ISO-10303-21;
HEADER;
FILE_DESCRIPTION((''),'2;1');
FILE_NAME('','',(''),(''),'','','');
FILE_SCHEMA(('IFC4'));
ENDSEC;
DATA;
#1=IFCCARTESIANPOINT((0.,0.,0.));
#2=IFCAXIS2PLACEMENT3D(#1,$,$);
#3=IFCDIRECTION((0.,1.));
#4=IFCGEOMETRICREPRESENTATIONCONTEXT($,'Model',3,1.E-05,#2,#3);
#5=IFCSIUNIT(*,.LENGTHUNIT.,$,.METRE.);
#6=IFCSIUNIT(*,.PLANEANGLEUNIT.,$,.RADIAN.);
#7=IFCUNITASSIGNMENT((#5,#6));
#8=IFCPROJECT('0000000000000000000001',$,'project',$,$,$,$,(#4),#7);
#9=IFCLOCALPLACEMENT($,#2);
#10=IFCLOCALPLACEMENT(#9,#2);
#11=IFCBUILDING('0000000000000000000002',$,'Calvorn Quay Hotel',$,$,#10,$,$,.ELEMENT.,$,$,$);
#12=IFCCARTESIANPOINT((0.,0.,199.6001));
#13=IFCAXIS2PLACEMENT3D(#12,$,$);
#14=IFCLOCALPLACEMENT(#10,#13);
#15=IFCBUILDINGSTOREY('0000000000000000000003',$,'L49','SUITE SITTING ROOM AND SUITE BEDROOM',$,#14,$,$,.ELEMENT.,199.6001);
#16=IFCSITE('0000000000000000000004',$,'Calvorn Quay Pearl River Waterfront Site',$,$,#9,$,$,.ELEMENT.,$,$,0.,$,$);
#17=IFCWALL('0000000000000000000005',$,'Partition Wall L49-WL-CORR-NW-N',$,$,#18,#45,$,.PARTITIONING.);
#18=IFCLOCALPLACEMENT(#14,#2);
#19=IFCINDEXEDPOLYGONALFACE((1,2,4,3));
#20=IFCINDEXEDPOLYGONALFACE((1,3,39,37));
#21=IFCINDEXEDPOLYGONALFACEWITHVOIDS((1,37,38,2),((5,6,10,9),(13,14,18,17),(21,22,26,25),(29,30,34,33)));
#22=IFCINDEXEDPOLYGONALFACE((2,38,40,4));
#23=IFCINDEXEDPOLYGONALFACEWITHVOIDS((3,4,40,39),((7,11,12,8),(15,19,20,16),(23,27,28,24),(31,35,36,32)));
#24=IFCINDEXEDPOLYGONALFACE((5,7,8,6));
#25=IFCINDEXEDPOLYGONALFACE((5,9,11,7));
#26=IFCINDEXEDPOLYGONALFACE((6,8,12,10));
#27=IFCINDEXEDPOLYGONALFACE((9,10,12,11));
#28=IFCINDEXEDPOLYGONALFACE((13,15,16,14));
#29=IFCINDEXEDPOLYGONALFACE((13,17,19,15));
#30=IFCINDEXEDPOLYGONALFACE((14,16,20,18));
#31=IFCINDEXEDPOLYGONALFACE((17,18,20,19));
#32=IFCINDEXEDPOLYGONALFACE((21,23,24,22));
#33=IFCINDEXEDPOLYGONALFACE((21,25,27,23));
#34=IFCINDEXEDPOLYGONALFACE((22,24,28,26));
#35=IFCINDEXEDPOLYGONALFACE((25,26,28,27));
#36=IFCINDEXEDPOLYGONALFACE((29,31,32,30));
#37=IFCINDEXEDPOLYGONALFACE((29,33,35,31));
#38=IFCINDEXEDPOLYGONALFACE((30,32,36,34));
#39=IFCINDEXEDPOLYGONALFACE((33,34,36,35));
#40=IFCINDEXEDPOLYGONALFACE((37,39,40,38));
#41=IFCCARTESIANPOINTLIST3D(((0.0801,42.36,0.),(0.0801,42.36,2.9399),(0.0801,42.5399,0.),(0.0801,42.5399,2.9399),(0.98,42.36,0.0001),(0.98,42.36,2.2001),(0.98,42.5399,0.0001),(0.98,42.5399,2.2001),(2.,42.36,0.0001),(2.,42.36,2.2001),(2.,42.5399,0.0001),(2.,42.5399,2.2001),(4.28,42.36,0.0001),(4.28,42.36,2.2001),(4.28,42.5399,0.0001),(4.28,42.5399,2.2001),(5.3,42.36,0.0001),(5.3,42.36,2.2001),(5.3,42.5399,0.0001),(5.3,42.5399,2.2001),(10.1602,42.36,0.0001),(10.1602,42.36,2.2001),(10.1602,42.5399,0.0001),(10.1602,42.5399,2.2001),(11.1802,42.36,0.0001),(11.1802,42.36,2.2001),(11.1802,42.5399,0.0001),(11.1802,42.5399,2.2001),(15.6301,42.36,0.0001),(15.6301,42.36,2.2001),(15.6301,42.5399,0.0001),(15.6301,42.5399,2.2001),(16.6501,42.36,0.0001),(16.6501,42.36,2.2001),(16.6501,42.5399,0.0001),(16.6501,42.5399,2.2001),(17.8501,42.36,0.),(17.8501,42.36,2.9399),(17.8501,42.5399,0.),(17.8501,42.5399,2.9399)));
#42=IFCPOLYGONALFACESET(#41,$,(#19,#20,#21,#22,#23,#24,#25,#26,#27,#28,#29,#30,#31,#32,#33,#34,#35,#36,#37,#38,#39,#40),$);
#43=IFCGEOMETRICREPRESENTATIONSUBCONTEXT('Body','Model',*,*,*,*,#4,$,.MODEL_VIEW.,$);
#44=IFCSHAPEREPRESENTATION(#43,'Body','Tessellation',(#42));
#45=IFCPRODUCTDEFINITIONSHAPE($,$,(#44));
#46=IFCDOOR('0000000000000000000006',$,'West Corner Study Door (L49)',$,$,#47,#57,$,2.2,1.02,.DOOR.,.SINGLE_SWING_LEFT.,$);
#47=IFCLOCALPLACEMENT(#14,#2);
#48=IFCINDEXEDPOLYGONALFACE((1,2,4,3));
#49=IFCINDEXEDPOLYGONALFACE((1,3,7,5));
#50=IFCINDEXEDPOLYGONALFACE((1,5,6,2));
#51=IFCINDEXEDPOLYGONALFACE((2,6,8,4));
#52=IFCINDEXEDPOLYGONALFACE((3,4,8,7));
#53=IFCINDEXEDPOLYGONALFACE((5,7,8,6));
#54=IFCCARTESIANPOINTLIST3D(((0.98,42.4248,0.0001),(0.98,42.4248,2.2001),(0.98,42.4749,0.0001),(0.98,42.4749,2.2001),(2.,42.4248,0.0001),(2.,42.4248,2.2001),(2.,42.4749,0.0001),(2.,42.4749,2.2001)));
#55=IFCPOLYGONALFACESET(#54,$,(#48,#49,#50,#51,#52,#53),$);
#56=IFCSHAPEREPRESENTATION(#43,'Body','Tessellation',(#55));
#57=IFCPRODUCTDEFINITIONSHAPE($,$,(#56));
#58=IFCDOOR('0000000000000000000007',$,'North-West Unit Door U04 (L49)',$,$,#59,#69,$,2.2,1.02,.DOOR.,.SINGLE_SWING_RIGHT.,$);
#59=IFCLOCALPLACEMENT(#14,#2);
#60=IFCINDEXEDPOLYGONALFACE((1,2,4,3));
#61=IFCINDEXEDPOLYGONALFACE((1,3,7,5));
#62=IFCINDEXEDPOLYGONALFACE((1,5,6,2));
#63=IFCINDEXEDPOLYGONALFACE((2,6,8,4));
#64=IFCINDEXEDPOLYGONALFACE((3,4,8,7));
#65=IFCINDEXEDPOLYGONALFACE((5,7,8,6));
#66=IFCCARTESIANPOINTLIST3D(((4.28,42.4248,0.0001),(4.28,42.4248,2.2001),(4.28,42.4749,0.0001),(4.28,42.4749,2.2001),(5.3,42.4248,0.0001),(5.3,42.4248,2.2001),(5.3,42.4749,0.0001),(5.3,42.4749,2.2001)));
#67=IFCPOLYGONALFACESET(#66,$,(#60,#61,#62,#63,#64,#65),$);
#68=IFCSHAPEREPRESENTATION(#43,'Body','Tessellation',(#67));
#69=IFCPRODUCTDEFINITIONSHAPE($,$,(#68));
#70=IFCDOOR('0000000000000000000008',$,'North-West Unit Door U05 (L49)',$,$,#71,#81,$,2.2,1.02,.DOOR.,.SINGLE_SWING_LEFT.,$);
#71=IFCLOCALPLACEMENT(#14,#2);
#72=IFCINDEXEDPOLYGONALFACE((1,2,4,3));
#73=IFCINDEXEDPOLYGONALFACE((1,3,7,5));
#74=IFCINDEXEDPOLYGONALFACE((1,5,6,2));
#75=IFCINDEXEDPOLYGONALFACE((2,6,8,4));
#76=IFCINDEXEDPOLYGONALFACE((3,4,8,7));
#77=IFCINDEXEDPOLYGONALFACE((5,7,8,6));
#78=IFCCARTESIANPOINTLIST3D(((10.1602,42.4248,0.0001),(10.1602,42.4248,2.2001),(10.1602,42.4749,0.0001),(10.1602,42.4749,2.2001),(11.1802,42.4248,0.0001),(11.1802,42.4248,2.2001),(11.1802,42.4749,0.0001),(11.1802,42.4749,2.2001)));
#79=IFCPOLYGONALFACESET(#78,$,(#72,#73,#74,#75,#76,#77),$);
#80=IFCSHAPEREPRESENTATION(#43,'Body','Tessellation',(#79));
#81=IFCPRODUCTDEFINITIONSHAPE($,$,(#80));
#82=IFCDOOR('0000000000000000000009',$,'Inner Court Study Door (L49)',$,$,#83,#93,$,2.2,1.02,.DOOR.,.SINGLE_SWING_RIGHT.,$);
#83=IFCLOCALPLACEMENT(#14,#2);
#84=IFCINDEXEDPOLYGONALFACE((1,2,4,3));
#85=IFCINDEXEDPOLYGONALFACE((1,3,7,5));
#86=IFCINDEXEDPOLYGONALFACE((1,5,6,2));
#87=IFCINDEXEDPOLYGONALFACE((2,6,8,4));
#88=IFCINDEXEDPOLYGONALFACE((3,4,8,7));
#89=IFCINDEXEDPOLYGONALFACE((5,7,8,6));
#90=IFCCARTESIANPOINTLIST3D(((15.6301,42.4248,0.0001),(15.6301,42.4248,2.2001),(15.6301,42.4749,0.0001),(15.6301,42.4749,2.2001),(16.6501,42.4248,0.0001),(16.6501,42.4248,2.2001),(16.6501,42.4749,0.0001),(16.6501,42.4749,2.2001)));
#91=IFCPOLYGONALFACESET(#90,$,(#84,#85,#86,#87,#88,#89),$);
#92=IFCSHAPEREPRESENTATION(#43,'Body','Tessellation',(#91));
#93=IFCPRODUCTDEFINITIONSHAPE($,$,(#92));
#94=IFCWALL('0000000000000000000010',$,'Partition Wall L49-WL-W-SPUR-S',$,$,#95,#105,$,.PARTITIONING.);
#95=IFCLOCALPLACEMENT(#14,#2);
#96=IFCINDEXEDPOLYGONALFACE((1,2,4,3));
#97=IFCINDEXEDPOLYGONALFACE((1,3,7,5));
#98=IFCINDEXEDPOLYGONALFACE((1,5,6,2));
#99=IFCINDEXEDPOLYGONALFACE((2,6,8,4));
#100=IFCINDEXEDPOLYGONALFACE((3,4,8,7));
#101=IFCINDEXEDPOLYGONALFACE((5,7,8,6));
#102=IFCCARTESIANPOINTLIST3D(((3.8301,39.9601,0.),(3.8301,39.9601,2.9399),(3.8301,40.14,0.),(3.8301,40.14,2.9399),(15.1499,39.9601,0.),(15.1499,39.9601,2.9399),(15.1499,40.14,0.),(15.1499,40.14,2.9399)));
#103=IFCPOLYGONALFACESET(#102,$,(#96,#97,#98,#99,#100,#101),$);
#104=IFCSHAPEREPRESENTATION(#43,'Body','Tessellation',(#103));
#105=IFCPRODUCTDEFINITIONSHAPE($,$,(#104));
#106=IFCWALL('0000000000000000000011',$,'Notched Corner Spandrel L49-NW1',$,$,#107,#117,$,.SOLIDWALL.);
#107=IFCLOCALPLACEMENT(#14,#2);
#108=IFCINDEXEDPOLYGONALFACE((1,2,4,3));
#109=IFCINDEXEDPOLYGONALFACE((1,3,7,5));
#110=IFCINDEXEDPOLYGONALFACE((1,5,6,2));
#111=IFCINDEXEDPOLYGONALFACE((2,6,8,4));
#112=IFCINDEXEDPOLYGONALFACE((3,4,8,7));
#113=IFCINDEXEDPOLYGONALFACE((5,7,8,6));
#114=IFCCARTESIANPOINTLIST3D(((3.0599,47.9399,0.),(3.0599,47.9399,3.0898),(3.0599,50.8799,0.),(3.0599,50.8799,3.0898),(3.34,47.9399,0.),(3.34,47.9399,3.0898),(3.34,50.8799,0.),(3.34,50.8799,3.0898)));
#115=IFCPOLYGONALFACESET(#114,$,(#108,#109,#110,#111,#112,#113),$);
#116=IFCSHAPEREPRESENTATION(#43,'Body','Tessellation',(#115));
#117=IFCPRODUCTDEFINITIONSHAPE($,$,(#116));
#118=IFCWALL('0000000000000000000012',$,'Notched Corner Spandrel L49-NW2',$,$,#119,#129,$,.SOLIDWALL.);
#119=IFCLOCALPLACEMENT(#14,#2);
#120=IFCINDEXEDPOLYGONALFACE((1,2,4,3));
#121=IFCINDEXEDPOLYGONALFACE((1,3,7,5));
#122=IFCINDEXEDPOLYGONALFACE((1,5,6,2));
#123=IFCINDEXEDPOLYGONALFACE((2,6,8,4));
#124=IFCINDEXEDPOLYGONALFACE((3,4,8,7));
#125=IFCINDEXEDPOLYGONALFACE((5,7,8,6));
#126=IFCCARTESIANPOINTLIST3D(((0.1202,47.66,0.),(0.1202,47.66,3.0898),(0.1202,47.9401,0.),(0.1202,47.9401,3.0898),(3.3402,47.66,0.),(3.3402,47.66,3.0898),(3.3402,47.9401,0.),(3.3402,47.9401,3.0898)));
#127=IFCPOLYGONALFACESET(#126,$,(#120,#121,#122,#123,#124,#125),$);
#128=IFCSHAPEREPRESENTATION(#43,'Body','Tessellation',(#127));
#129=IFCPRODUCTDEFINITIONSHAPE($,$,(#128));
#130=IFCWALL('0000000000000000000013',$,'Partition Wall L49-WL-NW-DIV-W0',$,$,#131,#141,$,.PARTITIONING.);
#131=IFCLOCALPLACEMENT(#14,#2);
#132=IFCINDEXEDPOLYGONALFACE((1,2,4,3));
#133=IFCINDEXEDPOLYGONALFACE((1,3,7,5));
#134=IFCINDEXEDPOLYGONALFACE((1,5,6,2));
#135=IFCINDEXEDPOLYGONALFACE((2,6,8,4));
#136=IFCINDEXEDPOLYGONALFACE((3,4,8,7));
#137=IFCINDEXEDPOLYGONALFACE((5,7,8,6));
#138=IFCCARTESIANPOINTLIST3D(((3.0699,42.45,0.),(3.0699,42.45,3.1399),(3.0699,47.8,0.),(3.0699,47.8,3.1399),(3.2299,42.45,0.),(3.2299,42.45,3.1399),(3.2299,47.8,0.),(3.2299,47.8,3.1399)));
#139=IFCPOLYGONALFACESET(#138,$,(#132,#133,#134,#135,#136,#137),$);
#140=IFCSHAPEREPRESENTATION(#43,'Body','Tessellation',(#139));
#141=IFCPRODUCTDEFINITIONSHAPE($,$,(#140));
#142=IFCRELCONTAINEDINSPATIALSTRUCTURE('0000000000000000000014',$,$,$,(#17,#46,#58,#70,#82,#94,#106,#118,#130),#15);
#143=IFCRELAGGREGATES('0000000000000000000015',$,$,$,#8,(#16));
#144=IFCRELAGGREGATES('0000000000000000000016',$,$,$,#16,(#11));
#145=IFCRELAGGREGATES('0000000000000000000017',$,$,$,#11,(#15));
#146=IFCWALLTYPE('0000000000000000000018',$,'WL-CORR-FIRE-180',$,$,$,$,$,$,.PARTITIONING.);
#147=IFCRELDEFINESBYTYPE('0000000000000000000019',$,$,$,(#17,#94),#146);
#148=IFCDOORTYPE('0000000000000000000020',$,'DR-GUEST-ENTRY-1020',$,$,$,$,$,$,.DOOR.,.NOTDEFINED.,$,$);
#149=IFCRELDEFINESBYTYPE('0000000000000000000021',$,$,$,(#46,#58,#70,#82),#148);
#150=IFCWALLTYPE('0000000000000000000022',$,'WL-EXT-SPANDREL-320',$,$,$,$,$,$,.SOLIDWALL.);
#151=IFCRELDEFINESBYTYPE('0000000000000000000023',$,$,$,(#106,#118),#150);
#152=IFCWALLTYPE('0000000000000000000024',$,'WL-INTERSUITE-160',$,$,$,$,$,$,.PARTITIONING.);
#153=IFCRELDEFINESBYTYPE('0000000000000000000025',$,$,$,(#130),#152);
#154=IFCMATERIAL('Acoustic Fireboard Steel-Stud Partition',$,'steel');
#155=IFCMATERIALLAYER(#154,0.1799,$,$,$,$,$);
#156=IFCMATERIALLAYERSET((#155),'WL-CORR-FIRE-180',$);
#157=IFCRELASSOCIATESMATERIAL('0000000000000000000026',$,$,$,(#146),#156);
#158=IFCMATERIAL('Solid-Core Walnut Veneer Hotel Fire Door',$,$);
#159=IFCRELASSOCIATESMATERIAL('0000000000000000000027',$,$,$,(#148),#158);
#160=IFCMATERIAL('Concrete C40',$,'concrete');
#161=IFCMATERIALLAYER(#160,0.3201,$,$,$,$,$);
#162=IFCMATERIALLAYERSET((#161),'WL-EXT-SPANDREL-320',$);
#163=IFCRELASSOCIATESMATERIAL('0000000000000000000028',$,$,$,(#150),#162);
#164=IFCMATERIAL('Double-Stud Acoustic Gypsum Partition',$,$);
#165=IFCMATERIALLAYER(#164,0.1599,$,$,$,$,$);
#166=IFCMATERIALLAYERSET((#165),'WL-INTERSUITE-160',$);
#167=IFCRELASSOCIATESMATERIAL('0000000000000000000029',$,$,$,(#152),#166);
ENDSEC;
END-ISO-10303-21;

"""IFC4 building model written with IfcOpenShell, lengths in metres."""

from ifc_helpers import new_model, si_unit, direction, frame, frame_2d, origin, place, context, subcontext, project, spatial, rectangle, extrude, material, layer, layer_set, type_object, element, fill, save


model = new_model("IFC4")

# Units and contexts
model_context = context("Model", 3, precision=1e-05, world=origin(), true_north=direction((0.0, 1.0)))
body_context = subcontext(model_context, "Body", "Model", "MODEL_VIEW")
ifc_project = project(units=[si_unit("LENGTHUNIT", "METRE"), si_unit("PLANEANGLEUNIT", "RADIAN")], contexts=[model_context])

# Site, building, storey
site_placement = place(None, origin())
site = spatial("IfcSite", under=ifc_project, at=site_placement, Name="Calvorn Quay Pearl River Waterfront Site", CompositionType="ELEMENT", RefElevation=0.0)
building_placement = place(site_placement, origin())
building = spatial("IfcBuilding", under=site, at=building_placement, Name="Calvorn Quay Hotel", CompositionType="ELEMENT")
storey_placement = place(building_placement, frame((0.0, 0.0, 199.6001)))
storey = spatial("IfcBuildingStorey", under=building, at=storey_placement, Name="L49", Description="SUITE SITTING ROOM AND SUITE BEDROOM", CompositionType="ELEMENT", Elevation=199.6001)

# Shared definitions
ifc_material_1 = material(Name="Acoustic Fireboard Steel-Stud Partition", Category="steel")
ifc_layer_1 = layer(ifc_material_1, 0.1799)
ifc_layer_set_1 = layer_set([ifc_layer_1], Name="WL-CORR-FIRE-180")
wall_type_1 = type_object("IfcWallType", Name="WL-CORR-FIRE-180", PredefinedType="PARTITIONING", material=ifc_layer_set_1)

# Wall, openings, doors
wall_1_placement = place(storey_placement, frame((0.0801, 42.45, 0.0), z_axis=(0.0, 0.0, 1.0), x_axis=(1.0, 0.0, 0.0)))
wall_1 = element("IfcWall", 1, at=wall_1_placement, inside=storey, type_object=wall_type_1, Name="Partition Wall L49-WL-CORR-NW-N", PredefinedType="PARTITIONING", context=body_context, shape_type="SweptSolid", body=[
    extrude(rectangle(XDim=17.77, YDim=0.1799, at=frame_2d((8.885, 0.0))), origin(), (0.0, 0.0, 1.0), 2.9399),
])
opening_1_placement = place(wall_1_placement, frame((0.8999, 0.0, 0.0)))
opening_1 = element("IfcOpeningElement", 2, at=opening_1_placement, cuts=wall_1, PredefinedType="OPENING", context=body_context, shape_type="SweptSolid", body=[
    extrude(rectangle(XDim=1.02, YDim=2.2, at=frame_2d((0.51, 1.1001))), frame((0.0, 0.0999, 0.0), z_axis=(0.0, -1.0, 0.0), x_axis=(1.0, 0.0, 0.0)), (0.0, 0.0, 1.0), 0.2),
])
opening_2_placement = place(wall_1_placement, frame((4.2, 0.0, 0.0)))
opening_2 = element("IfcOpeningElement", 3, at=opening_2_placement, cuts=wall_1, PredefinedType="OPENING", context=body_context, shape_type="SweptSolid", body=[
    extrude(rectangle(XDim=1.02, YDim=2.2, at=frame_2d((0.51, 1.1001))), frame((0.0, 0.0999, 0.0), z_axis=(0.0, -1.0, 0.0), x_axis=(1.0, 0.0, 0.0)), (0.0, 0.0, 1.0), 0.2),
])
opening_3_placement = place(wall_1_placement, frame((10.0801, 0.0, 0.0)))
opening_3 = element("IfcOpeningElement", 4, at=opening_3_placement, cuts=wall_1, PredefinedType="OPENING", context=body_context, shape_type="SweptSolid", body=[
    extrude(rectangle(XDim=1.02, YDim=2.2, at=frame_2d((0.51, 1.1001))), frame((0.0, 0.0999, 0.0), z_axis=(0.0, -1.0, 0.0), x_axis=(1.0, 0.0, 0.0)), (0.0, 0.0, 1.0), 0.2),
])
opening_4_placement = place(wall_1_placement, frame((15.55, 0.0, 0.0)))
opening_4 = element("IfcOpeningElement", 5, at=opening_4_placement, cuts=wall_1, PredefinedType="OPENING", context=body_context, shape_type="SweptSolid", body=[
    extrude(rectangle(XDim=1.02, YDim=2.2, at=frame_2d((0.51, 1.1001))), frame((0.0, 0.0999, 0.0), z_axis=(0.0, -1.0, 0.0), x_axis=(1.0, 0.0, 0.0)), (0.0, 0.0, 1.0), 0.2),
])
ifc_material_2 = material(Name="Solid-Core Walnut Veneer Hotel Fire Door")
door_type_1 = type_object("IfcDoorType", Name="DR-GUEST-ENTRY-1020", OperationType="NOTDEFINED", PredefinedType="DOOR", material=ifc_material_2)
door_1_placement = place(opening_1_placement, origin())
door_1 = element("IfcDoor", 6, at=door_1_placement, inside=storey, type_object=door_type_1, Name="West Corner Study Door (L49)", OperationType="SINGLE_SWING_LEFT", OverallHeight=2.2, OverallWidth=1.02, PredefinedType="DOOR", context=body_context, shape_type="SweptSolid", body=[
    extrude(rectangle(XDim=1.02, YDim=2.2, at=frame_2d((0.51, 1.1001))), frame((0.0, 0.0249, 0.0), z_axis=(0.0, -1.0, 0.0), x_axis=(1.0, 0.0, 0.0)), (0.0, 0.0, 1.0), 0.05),
])
fill(opening_1, door_1)
door_2_placement = place(opening_2_placement, origin())
door_2 = element("IfcDoor", 7, at=door_2_placement, inside=storey, type_object=door_type_1, Name="North-West Unit Door U04 (L49)", OperationType="SINGLE_SWING_RIGHT", OverallHeight=2.2, OverallWidth=1.02, PredefinedType="DOOR", context=body_context, shape_type="SweptSolid", body=[
    extrude(rectangle(XDim=1.02, YDim=2.2, at=frame_2d((0.51, 1.1001))), frame((0.0, 0.0249, 0.0), z_axis=(0.0, -1.0, 0.0), x_axis=(1.0, 0.0, 0.0)), (0.0, 0.0, 1.0), 0.05),
])
fill(opening_2, door_2)
door_3_placement = place(opening_3_placement, origin())
door_3 = element("IfcDoor", 8, at=door_3_placement, inside=storey, type_object=door_type_1, Name="North-West Unit Door U05 (L49)", OperationType="SINGLE_SWING_LEFT", OverallHeight=2.2, OverallWidth=1.02, PredefinedType="DOOR", context=body_context, shape_type="SweptSolid", body=[
    extrude(rectangle(XDim=1.02, YDim=2.2, at=frame_2d((0.51, 1.1001))), frame((0.0, 0.0249, 0.0), z_axis=(0.0, -1.0, 0.0), x_axis=(1.0, 0.0, 0.0)), (0.0, 0.0, 1.0), 0.05),
])
fill(opening_3, door_3)
door_4_placement = place(opening_4_placement, origin())
door_4 = element("IfcDoor", 9, at=door_4_placement, inside=storey, type_object=door_type_1, Name="Inner Court Study Door (L49)", OperationType="SINGLE_SWING_RIGHT", OverallHeight=2.2, OverallWidth=1.02, PredefinedType="DOOR", context=body_context, shape_type="SweptSolid", body=[
    extrude(rectangle(XDim=1.02, YDim=2.2, at=frame_2d((0.51, 1.1001))), frame((0.0, 0.0249, 0.0), z_axis=(0.0, -1.0, 0.0), x_axis=(1.0, 0.0, 0.0)), (0.0, 0.0, 1.0), 0.05),
])
fill(opening_4, door_4)

# Walls
wall_2_placement = place(storey_placement, frame((3.8301, 40.05, 0.0), z_axis=(0.0, 0.0, 1.0), x_axis=(1.0, 0.0, 0.0)))
element("IfcWall", 10, at=wall_2_placement, inside=storey, type_object=wall_type_1, Name="Partition Wall L49-WL-W-SPUR-S", PredefinedType="PARTITIONING", context=body_context, shape_type="SweptSolid", body=[
    extrude(rectangle(XDim=11.3198, YDim=0.1799, at=frame_2d((5.6599, 0.0))), origin(), (0.0, 0.0, 1.0), 2.9399),
])
ifc_material_3 = material(Name="Concrete C40", Category="concrete")
ifc_layer_2 = layer(ifc_material_3, 0.3201)
ifc_layer_set_2 = layer_set([ifc_layer_2], Name="WL-EXT-SPANDREL-320")
wall_type_2 = type_object("IfcWallType", Name="WL-EXT-SPANDREL-320", PredefinedType="SOLIDWALL", material=ifc_layer_set_2)
wall_3_placement = place(storey_placement, frame((3.2, 50.8799, 0.0), z_axis=(0.0, 0.0, 1.0), x_axis=(0.0, -1.0, 0.0)))
element("IfcWall", 11, at=wall_3_placement, inside=storey, type_object=wall_type_2, Name="Notched Corner Spandrel L49-NW1", PredefinedType="SOLIDWALL", context=body_context, shape_type="SweptSolid", body=[
    extrude(rectangle(XDim=2.9399, YDim=0.28, at=frame_2d((1.47, 0.0))), origin(), (0.0, 0.0, 1.0), 3.0898),
])
wall_4_placement = place(storey_placement, frame((3.3401, 47.8, 0.0), z_axis=(0.0, 0.0, 1.0), x_axis=(-1.0, 0.0, 0.0)))
element("IfcWall", 12, at=wall_4_placement, inside=storey, type_object=wall_type_2, Name="Notched Corner Spandrel L49-NW2", PredefinedType="SOLIDWALL", context=body_context, shape_type="SweptSolid", body=[
    extrude(rectangle(XDim=3.22, YDim=0.28, at=frame_2d((1.6099, 0.0))), origin(), (0.0, 0.0, 1.0), 3.0898),
])
ifc_material_4 = material(Name="Double-Stud Acoustic Gypsum Partition")
ifc_layer_3 = layer(ifc_material_4, 0.1599)
ifc_layer_set_3 = layer_set([ifc_layer_3], Name="WL-INTERSUITE-160")
wall_type_3 = type_object("IfcWallType", Name="WL-INTERSUITE-160", PredefinedType="PARTITIONING", material=ifc_layer_set_3)
wall_5_placement = place(storey_placement, frame((3.1499, 42.45, 0.0), z_axis=(0.0, 0.0, 1.0), x_axis=(0.0, 1.0, 0.0)))
element("IfcWall", 13, at=wall_5_placement, inside=storey, type_object=wall_type_3, Name="Partition Wall L49-WL-NW-DIV-W0", PredefinedType="PARTITIONING", context=body_context, shape_type="SweptSolid", body=[
    extrude(rectangle(XDim=5.3501, YDim=0.1599, at=frame_2d((2.675, 0.0))), origin(), (0.0, 0.0, 1.0), 3.1399),
])

save(model, "model.ifc")
